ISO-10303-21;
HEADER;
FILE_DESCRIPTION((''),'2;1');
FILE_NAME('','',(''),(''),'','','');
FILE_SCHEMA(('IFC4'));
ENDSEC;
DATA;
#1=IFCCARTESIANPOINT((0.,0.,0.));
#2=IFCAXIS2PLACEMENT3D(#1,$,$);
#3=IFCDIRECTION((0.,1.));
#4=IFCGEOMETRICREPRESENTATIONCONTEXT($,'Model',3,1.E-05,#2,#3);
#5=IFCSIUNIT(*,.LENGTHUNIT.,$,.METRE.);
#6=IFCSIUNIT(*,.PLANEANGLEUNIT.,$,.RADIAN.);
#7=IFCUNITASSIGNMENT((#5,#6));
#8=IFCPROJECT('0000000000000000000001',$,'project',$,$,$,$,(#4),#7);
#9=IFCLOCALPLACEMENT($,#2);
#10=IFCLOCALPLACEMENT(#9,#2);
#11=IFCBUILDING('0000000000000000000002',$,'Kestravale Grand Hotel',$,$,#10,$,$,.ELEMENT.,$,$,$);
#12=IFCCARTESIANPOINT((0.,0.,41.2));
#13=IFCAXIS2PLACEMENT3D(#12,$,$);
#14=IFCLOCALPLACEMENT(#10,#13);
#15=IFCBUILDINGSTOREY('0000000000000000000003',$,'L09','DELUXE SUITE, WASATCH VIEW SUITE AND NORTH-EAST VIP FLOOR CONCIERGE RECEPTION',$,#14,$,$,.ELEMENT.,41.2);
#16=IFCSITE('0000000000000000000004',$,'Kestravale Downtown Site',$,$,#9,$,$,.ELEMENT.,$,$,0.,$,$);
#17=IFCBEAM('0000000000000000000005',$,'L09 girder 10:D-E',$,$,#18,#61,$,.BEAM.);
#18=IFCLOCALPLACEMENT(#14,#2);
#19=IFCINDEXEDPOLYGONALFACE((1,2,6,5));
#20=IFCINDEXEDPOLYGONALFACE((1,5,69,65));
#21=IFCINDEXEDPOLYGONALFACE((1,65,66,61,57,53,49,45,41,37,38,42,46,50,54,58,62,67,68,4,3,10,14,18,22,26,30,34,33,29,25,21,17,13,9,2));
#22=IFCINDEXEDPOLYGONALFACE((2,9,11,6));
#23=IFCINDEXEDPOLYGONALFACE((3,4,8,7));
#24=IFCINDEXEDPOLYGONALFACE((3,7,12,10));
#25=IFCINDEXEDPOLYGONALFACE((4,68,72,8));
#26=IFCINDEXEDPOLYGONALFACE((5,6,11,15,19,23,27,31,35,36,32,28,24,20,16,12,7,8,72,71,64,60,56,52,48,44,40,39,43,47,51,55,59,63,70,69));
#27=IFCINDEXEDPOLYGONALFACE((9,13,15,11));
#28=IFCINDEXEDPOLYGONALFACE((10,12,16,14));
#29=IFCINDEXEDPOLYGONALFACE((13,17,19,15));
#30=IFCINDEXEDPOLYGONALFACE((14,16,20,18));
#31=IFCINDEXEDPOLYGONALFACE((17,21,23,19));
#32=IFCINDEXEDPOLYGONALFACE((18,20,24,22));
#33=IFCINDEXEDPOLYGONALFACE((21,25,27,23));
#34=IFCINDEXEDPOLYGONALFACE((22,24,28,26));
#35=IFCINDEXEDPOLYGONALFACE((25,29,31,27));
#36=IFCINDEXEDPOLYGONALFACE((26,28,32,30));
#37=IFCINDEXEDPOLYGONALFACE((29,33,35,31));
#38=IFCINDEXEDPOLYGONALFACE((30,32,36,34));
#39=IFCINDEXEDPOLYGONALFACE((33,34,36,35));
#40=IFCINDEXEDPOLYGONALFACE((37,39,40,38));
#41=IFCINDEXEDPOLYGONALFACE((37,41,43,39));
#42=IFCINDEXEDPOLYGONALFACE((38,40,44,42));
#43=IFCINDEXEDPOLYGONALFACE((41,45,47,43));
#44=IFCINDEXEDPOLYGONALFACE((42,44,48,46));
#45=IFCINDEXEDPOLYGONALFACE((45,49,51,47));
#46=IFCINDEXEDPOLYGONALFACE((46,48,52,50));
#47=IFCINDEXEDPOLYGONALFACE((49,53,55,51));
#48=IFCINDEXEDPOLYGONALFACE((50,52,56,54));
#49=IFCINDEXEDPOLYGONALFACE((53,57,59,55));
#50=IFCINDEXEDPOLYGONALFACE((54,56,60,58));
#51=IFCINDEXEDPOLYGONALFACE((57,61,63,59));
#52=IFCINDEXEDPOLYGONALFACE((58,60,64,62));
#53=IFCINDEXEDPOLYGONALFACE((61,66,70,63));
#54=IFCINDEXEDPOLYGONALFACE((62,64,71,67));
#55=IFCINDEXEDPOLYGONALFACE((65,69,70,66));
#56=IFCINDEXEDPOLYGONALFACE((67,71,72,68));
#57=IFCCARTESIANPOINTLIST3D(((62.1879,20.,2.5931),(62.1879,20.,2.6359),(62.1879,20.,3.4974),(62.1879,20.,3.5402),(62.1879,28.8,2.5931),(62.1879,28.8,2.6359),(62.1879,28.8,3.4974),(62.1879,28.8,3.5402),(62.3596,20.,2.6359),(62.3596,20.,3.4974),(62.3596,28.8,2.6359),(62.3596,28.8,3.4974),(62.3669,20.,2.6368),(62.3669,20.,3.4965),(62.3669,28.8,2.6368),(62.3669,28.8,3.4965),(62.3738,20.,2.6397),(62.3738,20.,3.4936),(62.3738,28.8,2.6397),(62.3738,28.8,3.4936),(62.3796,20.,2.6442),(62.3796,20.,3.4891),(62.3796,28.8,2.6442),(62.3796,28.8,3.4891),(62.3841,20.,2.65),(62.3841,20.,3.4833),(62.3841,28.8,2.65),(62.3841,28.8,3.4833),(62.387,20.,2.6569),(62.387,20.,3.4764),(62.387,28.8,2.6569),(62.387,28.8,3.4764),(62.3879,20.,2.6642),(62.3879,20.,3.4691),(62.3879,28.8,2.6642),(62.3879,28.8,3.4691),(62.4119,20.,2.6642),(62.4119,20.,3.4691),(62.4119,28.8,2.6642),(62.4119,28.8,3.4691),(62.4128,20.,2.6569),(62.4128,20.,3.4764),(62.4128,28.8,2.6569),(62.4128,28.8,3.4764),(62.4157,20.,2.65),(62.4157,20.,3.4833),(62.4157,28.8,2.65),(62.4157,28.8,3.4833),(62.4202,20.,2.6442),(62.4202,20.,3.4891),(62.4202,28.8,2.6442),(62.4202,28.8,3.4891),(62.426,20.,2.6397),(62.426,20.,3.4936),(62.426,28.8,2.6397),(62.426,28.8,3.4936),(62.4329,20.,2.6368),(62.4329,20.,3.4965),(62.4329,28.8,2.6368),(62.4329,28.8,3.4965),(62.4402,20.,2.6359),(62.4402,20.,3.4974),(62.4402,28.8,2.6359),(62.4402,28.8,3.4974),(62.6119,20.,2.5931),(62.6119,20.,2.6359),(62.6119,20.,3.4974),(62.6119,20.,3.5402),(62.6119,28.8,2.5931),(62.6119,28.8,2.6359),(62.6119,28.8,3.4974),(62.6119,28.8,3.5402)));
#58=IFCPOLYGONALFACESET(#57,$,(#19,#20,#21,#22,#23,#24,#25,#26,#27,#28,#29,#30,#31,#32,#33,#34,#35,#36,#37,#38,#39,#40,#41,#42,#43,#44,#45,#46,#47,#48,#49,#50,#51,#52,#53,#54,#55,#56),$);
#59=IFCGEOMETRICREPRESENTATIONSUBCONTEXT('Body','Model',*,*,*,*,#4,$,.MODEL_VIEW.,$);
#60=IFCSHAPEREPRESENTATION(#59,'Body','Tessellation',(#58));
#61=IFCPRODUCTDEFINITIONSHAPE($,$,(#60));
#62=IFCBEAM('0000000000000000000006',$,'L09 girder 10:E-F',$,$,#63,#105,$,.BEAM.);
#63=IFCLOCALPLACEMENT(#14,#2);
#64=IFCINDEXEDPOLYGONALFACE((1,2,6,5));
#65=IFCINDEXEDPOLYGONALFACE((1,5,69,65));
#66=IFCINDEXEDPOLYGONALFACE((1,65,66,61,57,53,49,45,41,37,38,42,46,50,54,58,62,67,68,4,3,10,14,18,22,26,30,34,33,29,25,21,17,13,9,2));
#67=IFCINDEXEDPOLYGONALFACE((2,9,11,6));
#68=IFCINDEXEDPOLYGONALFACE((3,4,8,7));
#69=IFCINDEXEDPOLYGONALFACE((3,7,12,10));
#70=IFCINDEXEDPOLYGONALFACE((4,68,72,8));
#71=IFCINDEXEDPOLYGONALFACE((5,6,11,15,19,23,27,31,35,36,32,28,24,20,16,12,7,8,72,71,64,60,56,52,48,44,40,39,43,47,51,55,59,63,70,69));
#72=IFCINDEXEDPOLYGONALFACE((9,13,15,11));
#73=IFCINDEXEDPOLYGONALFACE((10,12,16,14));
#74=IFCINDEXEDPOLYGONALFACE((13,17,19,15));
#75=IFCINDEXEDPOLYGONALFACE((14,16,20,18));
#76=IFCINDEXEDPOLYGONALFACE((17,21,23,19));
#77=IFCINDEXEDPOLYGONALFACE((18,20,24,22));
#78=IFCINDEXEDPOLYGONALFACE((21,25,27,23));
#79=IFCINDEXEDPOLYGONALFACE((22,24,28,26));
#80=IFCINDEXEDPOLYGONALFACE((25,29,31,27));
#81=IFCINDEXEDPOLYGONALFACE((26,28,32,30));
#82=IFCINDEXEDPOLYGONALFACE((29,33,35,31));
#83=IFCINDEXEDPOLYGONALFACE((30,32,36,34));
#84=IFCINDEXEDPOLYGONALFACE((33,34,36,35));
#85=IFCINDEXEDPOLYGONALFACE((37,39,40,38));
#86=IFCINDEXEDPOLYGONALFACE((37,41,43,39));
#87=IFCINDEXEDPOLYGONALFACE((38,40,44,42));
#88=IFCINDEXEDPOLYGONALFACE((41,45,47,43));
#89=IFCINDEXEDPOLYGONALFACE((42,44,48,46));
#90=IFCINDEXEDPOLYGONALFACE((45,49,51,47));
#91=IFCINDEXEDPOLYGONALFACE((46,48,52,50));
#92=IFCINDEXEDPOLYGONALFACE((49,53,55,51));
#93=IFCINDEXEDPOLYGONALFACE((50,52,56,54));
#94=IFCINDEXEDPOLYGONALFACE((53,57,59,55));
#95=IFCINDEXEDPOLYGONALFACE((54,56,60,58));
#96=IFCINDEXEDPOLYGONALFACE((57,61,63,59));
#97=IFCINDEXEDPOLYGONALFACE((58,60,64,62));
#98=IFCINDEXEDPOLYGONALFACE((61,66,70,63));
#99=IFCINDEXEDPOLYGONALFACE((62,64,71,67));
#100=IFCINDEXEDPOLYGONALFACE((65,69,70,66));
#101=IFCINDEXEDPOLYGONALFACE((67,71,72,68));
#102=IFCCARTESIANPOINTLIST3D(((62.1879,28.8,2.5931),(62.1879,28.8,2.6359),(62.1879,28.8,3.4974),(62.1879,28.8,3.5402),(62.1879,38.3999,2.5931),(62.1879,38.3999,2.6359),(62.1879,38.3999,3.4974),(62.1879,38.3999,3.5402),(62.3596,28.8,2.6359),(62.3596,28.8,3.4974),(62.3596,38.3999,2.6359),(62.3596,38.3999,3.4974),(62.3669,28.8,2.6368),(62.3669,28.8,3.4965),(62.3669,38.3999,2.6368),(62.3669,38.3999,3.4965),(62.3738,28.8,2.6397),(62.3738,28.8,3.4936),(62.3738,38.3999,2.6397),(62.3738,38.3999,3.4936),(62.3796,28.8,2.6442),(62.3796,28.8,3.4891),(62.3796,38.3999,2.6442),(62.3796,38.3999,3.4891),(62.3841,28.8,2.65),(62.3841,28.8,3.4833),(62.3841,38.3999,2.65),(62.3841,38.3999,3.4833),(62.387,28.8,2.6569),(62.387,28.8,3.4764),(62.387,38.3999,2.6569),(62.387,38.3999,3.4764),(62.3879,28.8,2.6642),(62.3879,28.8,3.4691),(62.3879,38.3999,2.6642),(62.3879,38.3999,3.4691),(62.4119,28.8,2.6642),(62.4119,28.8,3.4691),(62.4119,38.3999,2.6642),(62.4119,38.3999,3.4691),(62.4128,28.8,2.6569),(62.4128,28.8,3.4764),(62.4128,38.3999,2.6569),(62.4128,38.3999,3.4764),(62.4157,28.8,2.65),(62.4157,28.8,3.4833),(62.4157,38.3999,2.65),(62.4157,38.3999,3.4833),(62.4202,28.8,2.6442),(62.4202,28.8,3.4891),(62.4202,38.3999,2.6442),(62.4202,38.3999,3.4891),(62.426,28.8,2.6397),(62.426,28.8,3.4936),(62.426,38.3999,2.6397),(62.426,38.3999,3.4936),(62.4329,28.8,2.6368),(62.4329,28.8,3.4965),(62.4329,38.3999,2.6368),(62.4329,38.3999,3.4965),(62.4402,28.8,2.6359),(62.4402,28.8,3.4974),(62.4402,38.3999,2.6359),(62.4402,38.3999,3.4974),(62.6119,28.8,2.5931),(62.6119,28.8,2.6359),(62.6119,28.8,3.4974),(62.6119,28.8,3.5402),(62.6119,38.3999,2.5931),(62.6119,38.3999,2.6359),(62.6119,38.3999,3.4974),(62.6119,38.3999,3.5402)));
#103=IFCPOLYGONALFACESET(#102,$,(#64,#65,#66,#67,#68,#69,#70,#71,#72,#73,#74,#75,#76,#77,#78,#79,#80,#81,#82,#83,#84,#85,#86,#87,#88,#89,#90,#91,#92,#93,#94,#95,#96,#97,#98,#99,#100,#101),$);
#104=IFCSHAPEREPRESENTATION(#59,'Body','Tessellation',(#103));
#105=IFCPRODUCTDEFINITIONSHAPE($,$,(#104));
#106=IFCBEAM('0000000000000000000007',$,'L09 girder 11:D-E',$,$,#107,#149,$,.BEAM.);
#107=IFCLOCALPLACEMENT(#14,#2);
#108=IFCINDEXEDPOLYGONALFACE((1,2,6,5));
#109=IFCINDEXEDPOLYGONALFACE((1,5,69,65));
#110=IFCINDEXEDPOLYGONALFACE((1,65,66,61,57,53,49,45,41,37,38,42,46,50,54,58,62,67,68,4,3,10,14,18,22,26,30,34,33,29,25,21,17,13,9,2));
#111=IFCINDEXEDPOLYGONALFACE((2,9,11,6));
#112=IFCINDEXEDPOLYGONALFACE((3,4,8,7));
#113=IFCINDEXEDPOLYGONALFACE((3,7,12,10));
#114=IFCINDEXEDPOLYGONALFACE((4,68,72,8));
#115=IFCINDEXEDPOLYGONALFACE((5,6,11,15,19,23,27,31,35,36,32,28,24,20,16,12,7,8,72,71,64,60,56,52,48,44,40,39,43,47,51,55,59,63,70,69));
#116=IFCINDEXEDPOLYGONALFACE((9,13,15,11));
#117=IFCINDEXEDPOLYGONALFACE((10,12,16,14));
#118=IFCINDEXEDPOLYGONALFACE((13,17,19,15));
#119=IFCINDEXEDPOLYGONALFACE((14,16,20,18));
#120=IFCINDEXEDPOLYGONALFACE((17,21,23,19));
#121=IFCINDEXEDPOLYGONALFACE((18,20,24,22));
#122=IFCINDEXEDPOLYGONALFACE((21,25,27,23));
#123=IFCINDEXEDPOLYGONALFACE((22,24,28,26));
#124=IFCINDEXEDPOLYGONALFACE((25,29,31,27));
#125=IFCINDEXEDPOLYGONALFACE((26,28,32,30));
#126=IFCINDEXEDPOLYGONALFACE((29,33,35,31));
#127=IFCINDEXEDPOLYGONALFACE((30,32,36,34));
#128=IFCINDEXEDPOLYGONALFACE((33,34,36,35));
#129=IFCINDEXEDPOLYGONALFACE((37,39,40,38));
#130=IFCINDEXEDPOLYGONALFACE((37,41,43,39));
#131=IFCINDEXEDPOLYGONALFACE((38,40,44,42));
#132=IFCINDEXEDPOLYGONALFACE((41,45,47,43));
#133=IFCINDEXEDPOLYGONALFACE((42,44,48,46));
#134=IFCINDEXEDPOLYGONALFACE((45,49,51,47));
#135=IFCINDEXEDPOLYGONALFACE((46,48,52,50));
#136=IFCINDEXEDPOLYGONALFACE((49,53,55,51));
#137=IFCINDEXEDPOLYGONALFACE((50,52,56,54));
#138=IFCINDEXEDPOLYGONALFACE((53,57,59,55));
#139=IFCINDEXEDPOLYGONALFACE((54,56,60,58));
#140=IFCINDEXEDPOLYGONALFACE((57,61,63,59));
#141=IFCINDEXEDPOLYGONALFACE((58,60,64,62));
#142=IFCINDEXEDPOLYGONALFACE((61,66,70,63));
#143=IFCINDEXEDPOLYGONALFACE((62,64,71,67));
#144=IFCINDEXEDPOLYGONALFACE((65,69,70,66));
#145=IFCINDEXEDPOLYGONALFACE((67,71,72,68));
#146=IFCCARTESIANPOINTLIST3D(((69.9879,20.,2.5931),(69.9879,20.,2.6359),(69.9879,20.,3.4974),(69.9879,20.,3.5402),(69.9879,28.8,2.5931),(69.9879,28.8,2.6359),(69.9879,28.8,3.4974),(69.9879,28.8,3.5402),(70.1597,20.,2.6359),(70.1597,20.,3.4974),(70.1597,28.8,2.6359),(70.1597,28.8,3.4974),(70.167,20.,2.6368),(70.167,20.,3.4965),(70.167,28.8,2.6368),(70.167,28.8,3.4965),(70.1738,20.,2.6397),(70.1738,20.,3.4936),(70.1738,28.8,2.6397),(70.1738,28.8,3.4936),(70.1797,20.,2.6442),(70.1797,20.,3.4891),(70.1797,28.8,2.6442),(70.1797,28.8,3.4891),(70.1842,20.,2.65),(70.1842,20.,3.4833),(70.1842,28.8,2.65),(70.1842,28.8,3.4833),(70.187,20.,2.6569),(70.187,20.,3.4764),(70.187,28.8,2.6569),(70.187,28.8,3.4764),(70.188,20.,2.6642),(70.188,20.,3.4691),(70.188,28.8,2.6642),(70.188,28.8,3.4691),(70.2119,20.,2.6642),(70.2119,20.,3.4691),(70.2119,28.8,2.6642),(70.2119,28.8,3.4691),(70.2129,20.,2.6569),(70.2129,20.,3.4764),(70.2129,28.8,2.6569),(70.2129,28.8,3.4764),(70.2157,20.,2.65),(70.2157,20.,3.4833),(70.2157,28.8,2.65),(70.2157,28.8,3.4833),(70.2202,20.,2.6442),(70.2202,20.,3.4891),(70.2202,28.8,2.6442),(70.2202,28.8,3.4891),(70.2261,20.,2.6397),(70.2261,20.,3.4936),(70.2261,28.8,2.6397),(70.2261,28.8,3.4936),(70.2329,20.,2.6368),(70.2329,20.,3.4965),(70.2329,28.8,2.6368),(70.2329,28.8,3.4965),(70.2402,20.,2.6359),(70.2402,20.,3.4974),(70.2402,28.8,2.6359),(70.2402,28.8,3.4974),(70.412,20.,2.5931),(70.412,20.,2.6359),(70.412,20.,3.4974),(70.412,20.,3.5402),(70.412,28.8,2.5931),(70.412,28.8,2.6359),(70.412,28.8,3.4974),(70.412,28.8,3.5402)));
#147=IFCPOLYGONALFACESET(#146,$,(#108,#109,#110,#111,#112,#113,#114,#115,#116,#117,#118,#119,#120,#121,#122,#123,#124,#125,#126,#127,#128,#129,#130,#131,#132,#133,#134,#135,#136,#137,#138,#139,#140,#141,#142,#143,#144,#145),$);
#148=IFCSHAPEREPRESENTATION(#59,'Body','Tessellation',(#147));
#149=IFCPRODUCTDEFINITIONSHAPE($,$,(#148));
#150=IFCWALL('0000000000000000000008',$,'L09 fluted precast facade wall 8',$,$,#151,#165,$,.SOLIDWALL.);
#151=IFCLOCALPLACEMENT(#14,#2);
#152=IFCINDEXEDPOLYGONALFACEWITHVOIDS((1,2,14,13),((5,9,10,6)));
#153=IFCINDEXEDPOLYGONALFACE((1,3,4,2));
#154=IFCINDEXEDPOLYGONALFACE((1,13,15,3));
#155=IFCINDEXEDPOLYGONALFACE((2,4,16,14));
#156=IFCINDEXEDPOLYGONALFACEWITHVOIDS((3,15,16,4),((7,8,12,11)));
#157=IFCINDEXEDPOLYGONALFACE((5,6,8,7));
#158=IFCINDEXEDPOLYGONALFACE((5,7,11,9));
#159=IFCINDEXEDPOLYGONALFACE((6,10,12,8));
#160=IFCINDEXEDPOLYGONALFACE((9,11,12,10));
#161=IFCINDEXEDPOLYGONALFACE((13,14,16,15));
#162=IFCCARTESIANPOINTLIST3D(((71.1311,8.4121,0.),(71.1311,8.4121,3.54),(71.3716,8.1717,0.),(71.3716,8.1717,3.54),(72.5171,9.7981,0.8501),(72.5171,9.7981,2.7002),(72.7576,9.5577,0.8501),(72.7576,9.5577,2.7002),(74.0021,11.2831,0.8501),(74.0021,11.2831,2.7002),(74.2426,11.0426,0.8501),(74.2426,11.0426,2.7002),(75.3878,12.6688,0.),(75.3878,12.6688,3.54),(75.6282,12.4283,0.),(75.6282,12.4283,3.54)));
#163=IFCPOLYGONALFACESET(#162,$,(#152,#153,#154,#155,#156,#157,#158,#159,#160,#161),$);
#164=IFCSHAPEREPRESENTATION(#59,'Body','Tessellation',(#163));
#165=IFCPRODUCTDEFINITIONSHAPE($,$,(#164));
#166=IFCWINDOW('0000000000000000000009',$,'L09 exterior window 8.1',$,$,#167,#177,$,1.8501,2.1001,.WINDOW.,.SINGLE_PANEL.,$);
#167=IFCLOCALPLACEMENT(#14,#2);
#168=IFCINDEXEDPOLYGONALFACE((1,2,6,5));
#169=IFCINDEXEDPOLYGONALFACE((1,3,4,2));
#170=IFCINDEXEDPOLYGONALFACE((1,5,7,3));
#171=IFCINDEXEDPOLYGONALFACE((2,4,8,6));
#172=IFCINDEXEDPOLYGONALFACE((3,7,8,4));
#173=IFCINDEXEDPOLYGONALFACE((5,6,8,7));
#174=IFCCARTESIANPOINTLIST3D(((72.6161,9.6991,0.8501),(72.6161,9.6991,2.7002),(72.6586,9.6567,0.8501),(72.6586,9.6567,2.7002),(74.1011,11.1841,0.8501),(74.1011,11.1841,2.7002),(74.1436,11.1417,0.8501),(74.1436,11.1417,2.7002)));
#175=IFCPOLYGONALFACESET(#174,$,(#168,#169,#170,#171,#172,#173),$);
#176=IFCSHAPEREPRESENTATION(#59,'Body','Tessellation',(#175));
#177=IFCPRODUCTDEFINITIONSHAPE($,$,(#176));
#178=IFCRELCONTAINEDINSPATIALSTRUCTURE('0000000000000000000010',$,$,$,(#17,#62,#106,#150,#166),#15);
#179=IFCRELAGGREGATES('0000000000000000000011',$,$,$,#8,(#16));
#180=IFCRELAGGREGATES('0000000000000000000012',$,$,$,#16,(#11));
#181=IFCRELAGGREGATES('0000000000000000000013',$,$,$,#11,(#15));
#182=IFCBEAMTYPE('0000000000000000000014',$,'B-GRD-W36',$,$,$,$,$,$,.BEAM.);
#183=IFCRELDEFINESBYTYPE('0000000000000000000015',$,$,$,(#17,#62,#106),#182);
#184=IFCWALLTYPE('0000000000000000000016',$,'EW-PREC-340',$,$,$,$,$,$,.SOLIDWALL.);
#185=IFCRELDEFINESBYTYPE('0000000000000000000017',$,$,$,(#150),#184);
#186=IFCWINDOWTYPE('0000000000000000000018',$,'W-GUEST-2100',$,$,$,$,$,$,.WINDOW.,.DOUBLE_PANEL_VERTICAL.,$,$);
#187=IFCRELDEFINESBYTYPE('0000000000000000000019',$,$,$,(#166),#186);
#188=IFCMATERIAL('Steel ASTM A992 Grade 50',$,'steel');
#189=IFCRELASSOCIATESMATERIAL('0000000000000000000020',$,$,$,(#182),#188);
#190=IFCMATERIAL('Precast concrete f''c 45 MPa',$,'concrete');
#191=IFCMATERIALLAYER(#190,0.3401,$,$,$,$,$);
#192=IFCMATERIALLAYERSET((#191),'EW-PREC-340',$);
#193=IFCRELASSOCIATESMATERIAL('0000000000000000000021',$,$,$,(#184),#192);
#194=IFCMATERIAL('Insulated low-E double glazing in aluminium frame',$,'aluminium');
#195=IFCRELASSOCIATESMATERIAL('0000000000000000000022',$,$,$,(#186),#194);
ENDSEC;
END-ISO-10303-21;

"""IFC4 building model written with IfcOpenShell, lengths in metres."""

from ifc_helpers import new_model, si_unit, direction, frame, frame_2d, origin, origin_2d, place, context, subcontext, project, spatial, rectangle, i_section, extrude, material, layer, layer_set, material_profile, profile_set, type_object, element, fill, save


model = new_model("IFC4")

# Units and contexts
model_context = context("Model", 3, precision=1e-05, world=origin(), true_north=direction((0.0, 1.0)))
body_context = subcontext(model_context, "Body", "Model", "MODEL_VIEW")
ifc_project = project(units=[si_unit("LENGTHUNIT", "METRE"), si_unit("PLANEANGLEUNIT", "RADIAN")], contexts=[model_context])

# Site, building, storey
site_placement = place(None, origin())
site = spatial("IfcSite", under=ifc_project, at=site_placement, Name="Kestravale Downtown Site", CompositionType="ELEMENT", RefElevation=0.0)
building_placement = place(site_placement, origin())
building = spatial("IfcBuilding", under=site, at=building_placement, Name="Kestravale Grand Hotel", CompositionType="ELEMENT")
storey_placement = place(building_placement, frame((0.0, 0.0, 41.2)))
storey = spatial("IfcBuildingStorey", under=building, at=storey_placement, Name="L09", Description="DELUXE SUITE, WASATCH VIEW SUITE AND NORTH-EAST VIP FLOOR CONCIERGE RECEPTION", CompositionType="ELEMENT", Elevation=41.2)

# Beams
ifc_material_1 = material(Name="Steel ASTM A992 Grade 50", Category="steel")
ifc_material_profile_1 = material_profile(ifc_material_1, i_section(OverallWidth=0.4241, OverallDepth=0.947, WebThickness=0.0239, FlangeThickness=0.0427, FilletRadius=0.0283, at=origin_2d()))
ifc_profile_set_1 = profile_set([ifc_material_profile_1], Name="Steel ASTM A992 Grade 50")
beam_type_1 = type_object("IfcBeamType", Name="B-GRD-W36", PredefinedType="BEAM", material=ifc_profile_set_1)
beam_1_placement = place(storey_placement, frame((62.3999, 20.0, 3.0667), z_axis=(0.0, 1.0, 0.0), x_axis=(-1.0, 0.0, 0.0)))
element("IfcBeam", 1, at=beam_1_placement, inside=storey, type_object=beam_type_1, Name="L09 girder 10:D-E", PredefinedType="BEAM", context=body_context, shape_type="SweptSolid", body=[
    extrude(i_section(OverallWidth=0.4241, OverallDepth=0.947, WebThickness=0.0239, FlangeThickness=0.0427, FilletRadius=0.0283, at=origin_2d()), origin(), (0.0, 0.0, 1.0), 8.8),
])
beam_2_placement = place(storey_placement, frame((62.3999, 28.8, 3.0667), z_axis=(0.0, 1.0, 0.0), x_axis=(-1.0, 0.0, 0.0)))
element("IfcBeam", 2, at=beam_2_placement, inside=storey, type_object=beam_type_1, Name="L09 girder 10:E-F", PredefinedType="BEAM", context=body_context, shape_type="SweptSolid", body=[
    extrude(i_section(OverallWidth=0.4241, OverallDepth=0.947, WebThickness=0.0239, FlangeThickness=0.0427, FilletRadius=0.0283, at=origin_2d()), origin(), (0.0, 0.0, 1.0), 9.5999),
])
beam_3_placement = place(storey_placement, frame((70.2, 20.0, 3.0667), z_axis=(0.0, 1.0, 0.0), x_axis=(-1.0, 0.0, 0.0)))
element("IfcBeam", 3, at=beam_3_placement, inside=storey, type_object=beam_type_1, Name="L09 girder 11:D-E", PredefinedType="BEAM", context=body_context, shape_type="SweptSolid", body=[
    extrude(i_section(OverallWidth=0.4241, OverallDepth=0.947, WebThickness=0.0239, FlangeThickness=0.0427, FilletRadius=0.0283, at=origin_2d()), origin(), (0.0, 0.0, 1.0), 8.8),
])

# Wall, opening, window
ifc_material_2 = material(Name="Precast concrete f'c 45 MPa", Category="concrete")
ifc_layer_1 = layer(ifc_material_2, 0.3401)
ifc_layer_set_1 = layer_set([ifc_layer_1], Name="EW-PREC-340")
wall_type_1 = type_object("IfcWallType", Name="EW-PREC-340", PredefinedType="SOLIDWALL", material=ifc_layer_set_1)
wall_1_placement = place(storey_placement, frame((71.2515, 8.292, 0.0), z_axis=(0.0, 0.0, 1.0), x_axis=(0.707107, 0.707107, 0.0)))
wall_1 = element("IfcWall", 4, at=wall_1_placement, inside=storey, type_object=wall_type_1, Name="L09 fluted precast facade wall 8", PredefinedType="SOLIDWALL", context=body_context, shape_type="SweptSolid", body=[
    extrude(rectangle(XDim=6.0198, YDim=0.3401, at=frame_2d((3.0098, 0.0))), origin(), (0.0, 0.0, 1.0), 3.54),
])
opening_1_placement = place(wall_1_placement, frame((1.96, 0.0, 0.8501)))
opening_1 = element("IfcOpeningElement", 5, at=opening_1_placement, cuts=wall_1, PredefinedType="OPENING", context=body_context, shape_type="SweptSolid", body=[
    extrude(rectangle(XDim=2.1001, YDim=1.8501, at=frame_2d((1.05, 0.925))), frame((0.0, 0.1799, 0.0), z_axis=(0.0, -1.0, 0.0), x_axis=(1.0, 0.0, 0.0)), (0.0, 0.0, 1.0), 0.3601),
])
ifc_material_3 = material(Name="Insulated low-E double glazing in aluminium frame", Category="aluminium")
window_type = type_object("IfcWindowType", Name="W-GUEST-2100", PartitioningType="DOUBLE_PANEL_VERTICAL", PredefinedType="WINDOW", material=ifc_material_3)
window_1_placement = place(opening_1_placement, origin())
window_1 = element("IfcWindow", 6, at=window_1_placement, inside=storey, type_object=window_type, Name="L09 exterior window 8.1", OverallHeight=1.8501, OverallWidth=2.1001, PartitioningType="SINGLE_PANEL", PredefinedType="WINDOW", context=body_context, shape_type="SweptSolid", body=[
    extrude(rectangle(XDim=2.1001, YDim=1.8501, at=frame_2d((1.05, 0.925))), frame((0.0, 0.03, 0.0), z_axis=(0.0, -1.0, 0.0), x_axis=(1.0, 0.0, 0.0)), (0.0, 0.0, 1.0), 0.0601),
])
fill(opening_1, window_1)

save(model, "model.ifc")
